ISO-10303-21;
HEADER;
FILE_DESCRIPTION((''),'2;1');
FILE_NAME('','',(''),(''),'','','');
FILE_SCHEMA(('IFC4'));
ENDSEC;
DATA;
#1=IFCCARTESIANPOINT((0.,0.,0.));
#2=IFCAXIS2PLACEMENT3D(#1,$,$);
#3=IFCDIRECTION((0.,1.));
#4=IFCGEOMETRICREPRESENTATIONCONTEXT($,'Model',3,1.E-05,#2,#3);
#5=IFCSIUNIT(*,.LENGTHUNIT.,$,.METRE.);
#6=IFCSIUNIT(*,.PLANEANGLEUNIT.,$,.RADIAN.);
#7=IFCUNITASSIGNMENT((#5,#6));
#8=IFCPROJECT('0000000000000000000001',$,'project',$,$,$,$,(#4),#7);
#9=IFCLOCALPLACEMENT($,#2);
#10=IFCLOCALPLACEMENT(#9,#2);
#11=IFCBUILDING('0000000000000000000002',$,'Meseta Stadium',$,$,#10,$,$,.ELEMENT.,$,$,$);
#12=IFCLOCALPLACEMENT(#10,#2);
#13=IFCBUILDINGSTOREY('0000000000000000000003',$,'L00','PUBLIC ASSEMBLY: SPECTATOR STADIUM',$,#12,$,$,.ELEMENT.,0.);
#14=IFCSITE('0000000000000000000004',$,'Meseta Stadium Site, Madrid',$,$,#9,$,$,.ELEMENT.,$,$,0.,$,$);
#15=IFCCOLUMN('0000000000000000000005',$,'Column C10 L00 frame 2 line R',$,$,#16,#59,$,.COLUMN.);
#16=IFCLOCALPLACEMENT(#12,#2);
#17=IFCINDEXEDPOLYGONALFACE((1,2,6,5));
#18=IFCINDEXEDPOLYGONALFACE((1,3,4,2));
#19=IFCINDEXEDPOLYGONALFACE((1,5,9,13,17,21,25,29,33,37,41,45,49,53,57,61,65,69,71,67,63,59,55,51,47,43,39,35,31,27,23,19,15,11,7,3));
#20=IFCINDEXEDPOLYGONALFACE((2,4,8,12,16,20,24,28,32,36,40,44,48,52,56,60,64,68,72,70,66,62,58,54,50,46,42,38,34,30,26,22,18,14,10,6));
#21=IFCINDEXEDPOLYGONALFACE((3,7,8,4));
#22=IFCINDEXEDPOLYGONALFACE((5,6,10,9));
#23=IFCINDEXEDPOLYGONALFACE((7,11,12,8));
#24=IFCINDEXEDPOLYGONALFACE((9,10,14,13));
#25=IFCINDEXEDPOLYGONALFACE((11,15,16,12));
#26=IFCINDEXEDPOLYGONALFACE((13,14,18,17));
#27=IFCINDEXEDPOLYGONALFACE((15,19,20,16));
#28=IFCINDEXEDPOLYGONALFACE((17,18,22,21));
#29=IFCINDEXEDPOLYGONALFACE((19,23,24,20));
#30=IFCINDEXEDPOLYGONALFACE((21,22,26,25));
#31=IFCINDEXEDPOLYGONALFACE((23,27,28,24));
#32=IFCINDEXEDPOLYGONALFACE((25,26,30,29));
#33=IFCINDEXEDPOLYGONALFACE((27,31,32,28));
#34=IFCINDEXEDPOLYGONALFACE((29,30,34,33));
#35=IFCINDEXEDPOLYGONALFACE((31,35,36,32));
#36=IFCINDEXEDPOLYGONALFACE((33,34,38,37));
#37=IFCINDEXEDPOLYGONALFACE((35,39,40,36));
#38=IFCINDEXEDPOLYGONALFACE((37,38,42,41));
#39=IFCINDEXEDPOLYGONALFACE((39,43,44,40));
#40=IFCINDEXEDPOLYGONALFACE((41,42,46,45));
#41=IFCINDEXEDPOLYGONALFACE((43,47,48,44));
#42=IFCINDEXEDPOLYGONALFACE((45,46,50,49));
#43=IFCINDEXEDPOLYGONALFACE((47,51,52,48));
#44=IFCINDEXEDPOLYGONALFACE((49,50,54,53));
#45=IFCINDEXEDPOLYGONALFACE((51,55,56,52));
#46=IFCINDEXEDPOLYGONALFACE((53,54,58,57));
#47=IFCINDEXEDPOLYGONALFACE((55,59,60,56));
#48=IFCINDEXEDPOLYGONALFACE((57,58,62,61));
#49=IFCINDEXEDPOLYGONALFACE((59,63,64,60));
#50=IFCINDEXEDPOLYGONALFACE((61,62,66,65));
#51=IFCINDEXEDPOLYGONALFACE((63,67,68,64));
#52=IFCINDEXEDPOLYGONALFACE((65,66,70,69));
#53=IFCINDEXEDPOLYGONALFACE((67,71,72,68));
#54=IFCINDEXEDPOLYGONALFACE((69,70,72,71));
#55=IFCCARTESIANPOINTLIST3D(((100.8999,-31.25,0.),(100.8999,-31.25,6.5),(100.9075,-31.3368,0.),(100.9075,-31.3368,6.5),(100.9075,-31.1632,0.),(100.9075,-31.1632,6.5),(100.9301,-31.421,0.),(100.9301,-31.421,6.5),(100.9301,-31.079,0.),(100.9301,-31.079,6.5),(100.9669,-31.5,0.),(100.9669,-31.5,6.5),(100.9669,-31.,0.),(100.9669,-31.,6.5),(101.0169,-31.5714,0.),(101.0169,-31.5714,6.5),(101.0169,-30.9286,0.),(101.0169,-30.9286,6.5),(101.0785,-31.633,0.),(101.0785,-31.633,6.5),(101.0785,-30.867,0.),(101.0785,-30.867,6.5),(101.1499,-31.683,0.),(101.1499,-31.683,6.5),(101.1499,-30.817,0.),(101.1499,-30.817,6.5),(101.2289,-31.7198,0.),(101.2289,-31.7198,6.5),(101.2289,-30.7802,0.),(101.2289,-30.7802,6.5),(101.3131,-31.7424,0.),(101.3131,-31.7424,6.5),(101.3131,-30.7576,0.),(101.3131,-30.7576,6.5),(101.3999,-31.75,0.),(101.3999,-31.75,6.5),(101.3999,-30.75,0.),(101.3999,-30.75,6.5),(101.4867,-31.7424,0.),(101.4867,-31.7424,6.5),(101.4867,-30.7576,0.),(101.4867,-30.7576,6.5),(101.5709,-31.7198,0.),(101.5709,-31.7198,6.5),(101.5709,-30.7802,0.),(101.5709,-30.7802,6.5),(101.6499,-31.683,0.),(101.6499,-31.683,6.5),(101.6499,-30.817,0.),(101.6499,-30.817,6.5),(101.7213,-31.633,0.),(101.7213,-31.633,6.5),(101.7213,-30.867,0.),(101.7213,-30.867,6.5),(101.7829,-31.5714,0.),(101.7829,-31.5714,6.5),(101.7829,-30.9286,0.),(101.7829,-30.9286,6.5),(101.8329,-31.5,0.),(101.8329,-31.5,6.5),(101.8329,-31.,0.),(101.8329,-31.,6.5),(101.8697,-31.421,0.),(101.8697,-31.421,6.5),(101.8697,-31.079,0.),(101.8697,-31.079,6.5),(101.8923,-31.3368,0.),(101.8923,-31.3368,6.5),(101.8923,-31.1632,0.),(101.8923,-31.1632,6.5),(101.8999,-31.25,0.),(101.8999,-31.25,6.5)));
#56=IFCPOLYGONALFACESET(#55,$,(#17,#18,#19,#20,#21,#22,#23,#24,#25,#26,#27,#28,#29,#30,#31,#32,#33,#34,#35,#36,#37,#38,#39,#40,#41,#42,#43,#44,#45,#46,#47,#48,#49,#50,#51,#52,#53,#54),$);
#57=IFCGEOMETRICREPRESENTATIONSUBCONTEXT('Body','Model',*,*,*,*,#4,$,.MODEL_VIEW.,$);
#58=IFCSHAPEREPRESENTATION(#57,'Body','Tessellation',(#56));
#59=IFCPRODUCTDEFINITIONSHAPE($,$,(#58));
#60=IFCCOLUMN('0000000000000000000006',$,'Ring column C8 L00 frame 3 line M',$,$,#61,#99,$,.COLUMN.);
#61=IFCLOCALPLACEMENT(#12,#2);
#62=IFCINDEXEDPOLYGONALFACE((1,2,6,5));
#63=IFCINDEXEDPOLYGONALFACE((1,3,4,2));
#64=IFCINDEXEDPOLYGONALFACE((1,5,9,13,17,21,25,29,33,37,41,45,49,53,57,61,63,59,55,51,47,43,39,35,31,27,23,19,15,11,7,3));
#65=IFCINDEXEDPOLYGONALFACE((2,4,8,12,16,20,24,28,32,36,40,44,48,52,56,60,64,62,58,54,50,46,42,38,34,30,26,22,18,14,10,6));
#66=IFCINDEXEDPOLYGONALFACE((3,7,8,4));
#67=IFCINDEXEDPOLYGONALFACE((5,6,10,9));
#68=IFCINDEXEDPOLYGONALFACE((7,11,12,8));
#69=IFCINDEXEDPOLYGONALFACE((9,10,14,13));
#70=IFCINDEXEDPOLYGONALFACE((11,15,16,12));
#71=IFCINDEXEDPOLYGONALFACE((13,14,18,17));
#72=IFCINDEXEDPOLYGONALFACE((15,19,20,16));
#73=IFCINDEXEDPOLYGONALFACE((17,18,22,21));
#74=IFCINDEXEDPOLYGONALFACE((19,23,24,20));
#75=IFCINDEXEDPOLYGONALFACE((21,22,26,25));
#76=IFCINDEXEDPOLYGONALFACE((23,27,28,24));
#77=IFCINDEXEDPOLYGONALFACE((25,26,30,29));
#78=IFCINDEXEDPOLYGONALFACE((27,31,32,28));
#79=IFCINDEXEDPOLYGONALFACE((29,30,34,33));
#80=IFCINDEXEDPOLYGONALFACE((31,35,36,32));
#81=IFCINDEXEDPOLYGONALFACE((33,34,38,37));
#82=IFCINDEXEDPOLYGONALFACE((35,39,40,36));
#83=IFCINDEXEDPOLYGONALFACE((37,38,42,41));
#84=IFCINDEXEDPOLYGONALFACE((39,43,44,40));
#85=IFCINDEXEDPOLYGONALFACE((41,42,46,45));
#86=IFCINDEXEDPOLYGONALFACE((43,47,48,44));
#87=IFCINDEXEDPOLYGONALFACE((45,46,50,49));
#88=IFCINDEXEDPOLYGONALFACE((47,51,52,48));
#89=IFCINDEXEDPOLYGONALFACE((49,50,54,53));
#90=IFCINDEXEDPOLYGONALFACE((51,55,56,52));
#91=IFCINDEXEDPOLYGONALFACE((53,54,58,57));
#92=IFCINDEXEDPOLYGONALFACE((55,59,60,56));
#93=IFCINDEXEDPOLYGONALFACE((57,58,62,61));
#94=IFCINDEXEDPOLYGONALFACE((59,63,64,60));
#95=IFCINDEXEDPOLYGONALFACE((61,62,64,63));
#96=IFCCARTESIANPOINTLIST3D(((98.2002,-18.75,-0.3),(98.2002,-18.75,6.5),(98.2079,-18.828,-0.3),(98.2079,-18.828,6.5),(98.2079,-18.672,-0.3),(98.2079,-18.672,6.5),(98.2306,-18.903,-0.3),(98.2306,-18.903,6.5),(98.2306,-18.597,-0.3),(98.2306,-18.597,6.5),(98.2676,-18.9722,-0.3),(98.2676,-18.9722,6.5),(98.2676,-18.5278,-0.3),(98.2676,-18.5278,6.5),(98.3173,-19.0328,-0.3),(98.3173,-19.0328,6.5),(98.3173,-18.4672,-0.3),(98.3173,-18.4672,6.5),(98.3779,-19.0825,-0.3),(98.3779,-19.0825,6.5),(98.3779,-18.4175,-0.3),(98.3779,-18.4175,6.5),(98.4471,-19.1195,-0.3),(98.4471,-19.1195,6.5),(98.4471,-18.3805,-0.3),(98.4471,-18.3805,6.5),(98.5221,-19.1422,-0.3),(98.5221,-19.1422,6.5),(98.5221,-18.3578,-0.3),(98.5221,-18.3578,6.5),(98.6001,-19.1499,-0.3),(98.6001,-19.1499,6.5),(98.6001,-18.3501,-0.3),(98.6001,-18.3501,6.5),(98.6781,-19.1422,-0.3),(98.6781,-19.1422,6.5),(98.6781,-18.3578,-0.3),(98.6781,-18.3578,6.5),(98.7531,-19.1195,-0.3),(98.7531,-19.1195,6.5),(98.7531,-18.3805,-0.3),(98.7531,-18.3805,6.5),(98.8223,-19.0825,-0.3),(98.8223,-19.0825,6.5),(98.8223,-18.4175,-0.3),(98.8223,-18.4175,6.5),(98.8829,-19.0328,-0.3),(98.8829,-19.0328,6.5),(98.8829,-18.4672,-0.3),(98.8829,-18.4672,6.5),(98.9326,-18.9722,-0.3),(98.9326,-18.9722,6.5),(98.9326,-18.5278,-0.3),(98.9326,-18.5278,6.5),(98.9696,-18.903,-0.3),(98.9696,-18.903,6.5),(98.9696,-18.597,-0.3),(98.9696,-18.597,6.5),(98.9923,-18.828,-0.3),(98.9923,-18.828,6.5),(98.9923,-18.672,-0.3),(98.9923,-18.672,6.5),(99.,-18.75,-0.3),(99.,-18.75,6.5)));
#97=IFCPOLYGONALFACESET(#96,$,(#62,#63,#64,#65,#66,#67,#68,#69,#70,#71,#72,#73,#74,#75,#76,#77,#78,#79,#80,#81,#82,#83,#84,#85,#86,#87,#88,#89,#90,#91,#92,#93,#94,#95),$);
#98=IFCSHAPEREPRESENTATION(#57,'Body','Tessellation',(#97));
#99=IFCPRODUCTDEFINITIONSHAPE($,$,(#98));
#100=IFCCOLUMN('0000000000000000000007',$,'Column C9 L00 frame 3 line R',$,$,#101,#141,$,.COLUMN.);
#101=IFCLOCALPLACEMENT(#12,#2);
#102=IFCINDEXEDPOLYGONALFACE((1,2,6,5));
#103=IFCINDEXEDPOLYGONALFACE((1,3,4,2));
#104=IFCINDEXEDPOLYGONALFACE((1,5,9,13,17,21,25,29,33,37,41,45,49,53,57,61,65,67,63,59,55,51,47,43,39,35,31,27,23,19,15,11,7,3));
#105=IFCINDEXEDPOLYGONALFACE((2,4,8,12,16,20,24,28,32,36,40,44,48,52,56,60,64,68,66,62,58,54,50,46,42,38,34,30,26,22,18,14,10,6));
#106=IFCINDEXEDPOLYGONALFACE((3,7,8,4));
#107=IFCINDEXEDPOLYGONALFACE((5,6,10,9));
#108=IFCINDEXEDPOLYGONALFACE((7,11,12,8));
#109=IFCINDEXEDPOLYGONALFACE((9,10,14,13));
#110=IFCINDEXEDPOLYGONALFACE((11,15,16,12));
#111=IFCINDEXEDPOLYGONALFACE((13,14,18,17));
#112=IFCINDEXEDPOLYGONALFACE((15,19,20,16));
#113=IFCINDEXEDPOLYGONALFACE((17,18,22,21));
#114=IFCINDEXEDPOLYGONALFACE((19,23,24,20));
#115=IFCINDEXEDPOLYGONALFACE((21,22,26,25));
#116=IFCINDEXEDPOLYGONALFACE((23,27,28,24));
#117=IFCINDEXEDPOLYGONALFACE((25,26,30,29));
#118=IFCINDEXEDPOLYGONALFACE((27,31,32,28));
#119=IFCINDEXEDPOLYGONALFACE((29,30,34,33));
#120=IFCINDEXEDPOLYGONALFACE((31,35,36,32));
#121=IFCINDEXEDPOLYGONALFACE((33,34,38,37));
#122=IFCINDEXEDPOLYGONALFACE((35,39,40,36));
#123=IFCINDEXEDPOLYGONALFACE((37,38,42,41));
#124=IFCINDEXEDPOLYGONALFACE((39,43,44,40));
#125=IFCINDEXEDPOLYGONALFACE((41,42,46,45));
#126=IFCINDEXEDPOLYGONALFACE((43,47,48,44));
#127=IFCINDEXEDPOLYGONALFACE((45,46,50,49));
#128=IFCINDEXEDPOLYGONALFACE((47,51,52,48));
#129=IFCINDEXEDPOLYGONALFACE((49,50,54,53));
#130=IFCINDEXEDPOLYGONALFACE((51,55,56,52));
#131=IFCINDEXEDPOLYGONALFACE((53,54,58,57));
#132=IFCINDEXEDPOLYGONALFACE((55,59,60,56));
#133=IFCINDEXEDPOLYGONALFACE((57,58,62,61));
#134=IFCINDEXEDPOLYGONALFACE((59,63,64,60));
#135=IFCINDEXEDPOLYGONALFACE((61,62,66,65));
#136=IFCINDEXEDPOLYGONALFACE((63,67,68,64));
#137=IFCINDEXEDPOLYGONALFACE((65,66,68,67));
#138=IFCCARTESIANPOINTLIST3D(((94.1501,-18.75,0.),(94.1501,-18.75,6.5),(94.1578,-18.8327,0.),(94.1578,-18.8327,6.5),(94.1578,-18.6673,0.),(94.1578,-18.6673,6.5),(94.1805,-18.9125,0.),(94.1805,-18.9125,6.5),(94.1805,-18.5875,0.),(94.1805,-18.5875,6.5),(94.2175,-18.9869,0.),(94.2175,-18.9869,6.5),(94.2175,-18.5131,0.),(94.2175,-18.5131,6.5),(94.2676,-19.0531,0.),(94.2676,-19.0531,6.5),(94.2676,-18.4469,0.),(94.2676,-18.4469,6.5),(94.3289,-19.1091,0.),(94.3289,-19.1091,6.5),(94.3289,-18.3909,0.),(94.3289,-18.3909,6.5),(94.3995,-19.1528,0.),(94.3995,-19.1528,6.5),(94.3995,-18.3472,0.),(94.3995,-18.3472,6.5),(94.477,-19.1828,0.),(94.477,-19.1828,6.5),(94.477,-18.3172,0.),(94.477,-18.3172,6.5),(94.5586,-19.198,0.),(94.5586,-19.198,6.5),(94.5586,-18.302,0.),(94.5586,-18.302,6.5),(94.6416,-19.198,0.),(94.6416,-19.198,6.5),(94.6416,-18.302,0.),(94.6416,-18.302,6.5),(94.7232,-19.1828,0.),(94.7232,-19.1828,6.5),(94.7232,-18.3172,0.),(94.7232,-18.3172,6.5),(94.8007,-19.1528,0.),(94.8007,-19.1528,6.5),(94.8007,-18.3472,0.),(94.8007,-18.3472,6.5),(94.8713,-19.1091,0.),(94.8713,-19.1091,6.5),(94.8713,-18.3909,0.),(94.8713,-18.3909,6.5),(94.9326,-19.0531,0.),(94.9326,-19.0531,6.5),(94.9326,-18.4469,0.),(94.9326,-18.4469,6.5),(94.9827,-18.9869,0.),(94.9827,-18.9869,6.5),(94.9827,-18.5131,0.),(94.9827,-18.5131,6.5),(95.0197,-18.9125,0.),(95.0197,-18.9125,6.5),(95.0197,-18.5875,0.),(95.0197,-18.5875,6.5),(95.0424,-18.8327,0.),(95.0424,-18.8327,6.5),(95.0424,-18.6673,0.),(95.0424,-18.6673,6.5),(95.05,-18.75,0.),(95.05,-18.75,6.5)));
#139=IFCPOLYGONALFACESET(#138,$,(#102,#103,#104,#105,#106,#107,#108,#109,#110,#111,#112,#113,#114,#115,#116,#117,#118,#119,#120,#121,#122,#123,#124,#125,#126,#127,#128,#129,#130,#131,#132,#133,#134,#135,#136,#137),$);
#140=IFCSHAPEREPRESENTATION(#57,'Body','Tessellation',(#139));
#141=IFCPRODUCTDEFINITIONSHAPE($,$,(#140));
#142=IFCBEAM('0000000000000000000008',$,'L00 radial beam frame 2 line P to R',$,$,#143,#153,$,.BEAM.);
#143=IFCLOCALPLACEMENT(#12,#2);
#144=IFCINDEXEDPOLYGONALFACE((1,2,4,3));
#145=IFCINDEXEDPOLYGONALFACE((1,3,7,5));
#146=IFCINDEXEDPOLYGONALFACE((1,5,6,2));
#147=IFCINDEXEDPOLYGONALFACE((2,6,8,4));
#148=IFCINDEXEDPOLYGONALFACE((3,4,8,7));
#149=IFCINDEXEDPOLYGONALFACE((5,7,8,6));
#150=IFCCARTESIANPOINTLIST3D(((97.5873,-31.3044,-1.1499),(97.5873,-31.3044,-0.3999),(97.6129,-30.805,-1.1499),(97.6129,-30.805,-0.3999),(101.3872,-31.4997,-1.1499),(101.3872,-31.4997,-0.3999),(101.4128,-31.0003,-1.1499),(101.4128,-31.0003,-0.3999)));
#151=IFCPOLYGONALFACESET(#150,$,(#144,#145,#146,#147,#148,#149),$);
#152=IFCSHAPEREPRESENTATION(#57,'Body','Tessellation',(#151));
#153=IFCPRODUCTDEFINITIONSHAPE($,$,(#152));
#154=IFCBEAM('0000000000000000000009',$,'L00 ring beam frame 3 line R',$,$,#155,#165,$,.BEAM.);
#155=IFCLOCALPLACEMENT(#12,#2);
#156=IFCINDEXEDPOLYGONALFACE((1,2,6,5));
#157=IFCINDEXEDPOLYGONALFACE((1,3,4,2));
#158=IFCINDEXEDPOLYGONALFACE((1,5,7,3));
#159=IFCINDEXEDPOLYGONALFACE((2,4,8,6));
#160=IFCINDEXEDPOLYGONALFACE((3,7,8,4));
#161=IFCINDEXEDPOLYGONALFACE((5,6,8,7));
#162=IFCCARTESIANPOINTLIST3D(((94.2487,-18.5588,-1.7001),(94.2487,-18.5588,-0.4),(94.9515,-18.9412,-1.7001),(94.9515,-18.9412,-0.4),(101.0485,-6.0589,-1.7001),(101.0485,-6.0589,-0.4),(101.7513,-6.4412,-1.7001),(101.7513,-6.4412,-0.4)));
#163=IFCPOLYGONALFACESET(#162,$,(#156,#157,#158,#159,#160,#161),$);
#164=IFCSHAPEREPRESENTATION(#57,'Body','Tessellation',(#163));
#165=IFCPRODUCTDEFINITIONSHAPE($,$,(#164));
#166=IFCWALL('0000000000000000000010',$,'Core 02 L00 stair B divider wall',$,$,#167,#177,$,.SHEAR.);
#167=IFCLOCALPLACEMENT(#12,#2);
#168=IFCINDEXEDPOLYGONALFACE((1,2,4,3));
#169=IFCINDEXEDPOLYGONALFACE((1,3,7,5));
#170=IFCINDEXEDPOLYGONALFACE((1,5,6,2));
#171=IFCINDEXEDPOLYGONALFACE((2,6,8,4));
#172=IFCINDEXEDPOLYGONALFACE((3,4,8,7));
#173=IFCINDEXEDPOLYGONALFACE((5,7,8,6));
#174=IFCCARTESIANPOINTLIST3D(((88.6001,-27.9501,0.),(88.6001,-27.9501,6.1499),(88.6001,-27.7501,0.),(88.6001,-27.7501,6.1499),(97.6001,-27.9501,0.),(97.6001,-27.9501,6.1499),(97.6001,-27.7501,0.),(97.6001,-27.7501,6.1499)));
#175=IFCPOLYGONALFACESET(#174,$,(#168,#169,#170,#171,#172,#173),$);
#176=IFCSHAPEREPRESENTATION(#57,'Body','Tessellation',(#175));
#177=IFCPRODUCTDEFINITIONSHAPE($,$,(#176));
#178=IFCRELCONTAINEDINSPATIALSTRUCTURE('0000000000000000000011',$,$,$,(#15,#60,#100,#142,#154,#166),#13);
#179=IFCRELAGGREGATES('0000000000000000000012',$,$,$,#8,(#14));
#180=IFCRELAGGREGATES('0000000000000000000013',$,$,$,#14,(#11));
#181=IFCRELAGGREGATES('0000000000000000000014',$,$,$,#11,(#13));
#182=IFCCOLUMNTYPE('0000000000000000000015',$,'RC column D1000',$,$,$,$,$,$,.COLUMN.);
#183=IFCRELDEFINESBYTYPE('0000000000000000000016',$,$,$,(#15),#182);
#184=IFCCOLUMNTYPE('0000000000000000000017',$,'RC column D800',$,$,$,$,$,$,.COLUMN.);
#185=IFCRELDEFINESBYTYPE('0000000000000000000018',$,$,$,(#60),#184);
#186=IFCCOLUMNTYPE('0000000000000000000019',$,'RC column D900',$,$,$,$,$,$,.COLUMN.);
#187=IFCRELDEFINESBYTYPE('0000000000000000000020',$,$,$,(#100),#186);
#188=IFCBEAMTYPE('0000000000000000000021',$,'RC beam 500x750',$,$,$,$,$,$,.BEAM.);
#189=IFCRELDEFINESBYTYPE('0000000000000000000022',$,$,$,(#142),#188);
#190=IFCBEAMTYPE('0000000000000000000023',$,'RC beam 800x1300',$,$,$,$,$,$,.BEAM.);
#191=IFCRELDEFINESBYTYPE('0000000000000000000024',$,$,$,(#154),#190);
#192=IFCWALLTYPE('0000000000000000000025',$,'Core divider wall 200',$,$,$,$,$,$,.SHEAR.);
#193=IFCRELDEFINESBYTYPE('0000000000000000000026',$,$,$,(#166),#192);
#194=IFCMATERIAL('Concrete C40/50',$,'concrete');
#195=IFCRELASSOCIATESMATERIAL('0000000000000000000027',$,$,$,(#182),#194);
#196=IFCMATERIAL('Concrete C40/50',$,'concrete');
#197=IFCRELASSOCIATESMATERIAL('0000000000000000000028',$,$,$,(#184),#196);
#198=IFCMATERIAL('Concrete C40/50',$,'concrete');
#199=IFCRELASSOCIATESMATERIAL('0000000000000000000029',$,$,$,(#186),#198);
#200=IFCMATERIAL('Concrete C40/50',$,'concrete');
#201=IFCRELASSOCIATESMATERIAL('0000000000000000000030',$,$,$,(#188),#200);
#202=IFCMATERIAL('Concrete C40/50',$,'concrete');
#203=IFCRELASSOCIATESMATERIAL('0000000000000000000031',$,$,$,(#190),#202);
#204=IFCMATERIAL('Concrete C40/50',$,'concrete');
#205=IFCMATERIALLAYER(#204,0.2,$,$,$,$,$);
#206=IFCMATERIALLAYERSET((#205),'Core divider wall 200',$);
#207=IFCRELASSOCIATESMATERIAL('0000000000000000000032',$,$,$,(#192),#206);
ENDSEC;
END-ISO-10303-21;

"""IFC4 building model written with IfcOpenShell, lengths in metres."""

from ifc_helpers import new_model, si_unit, direction, frame, frame_2d, origin, origin_2d, place, context, subcontext, project, spatial, rectangle, circle, extrude, material, layer, layer_set, material_profile, profile_set, type_object, element, save


model = new_model("IFC4")

# Units and contexts
model_context = context("Model", 3, precision=1e-05, world=origin(), true_north=direction((0.0, 1.0)))
body_context = subcontext(model_context, "Body", "Model", "MODEL_VIEW")
ifc_project = project(units=[si_unit("LENGTHUNIT", "METRE"), si_unit("PLANEANGLEUNIT", "RADIAN")], contexts=[model_context])

# Site, building, storey
site_placement = place(None, origin())
site = spatial("IfcSite", under=ifc_project, at=site_placement, Name="Meseta Stadium Site, Madrid", CompositionType="ELEMENT", RefElevation=0.0)
building_placement = place(site_placement, origin())
building = spatial("IfcBuilding", under=site, at=building_placement, Name="Meseta Stadium", CompositionType="ELEMENT")
storey_placement = place(building_placement, origin())
storey = spatial("IfcBuildingStorey", under=building, at=storey_placement, Name="L00", Description="PUBLIC ASSEMBLY: SPECTATOR STADIUM", CompositionType="ELEMENT", Elevation=0.0)

# Columns
ifc_material_1 = material(Name="Concrete C40/50", Category="concrete")
ifc_material_profile_1 = material_profile(ifc_material_1, circle(Radius=0.5, at=origin_2d()), Name="RC D1000")
ifc_profile_set_1 = profile_set([ifc_material_profile_1], Name="Concrete C40/50")
column_type_1 = type_object("IfcColumnType", Name="RC column D1000", PredefinedType="COLUMN", material=ifc_profile_set_1)
column_1_placement = place(storey_placement, frame((101.3999, -31.25, 0.0), z_axis=(0.0, 0.0, 1.0), x_axis=(1.0, 0.0, 0.0)))
element("IfcColumn", 1, at=column_1_placement, inside=storey, type_object=column_type_1, Name="Column C10 L00 frame 2 line R", PredefinedType="COLUMN", context=body_context, shape_type="SweptSolid", body=[
    extrude(circle(Radius=0.5, at=origin_2d()), origin(), (0.0, 0.0, 1.0), 6.5),
])
ifc_material_2 = material(Name="Concrete C40/50", Category="concrete")
ifc_material_profile_2 = material_profile(ifc_material_2, circle(Radius=0.3999, at=origin_2d()), Name="RC D800")
ifc_profile_set_2 = profile_set([ifc_material_profile_2], Name="Concrete C40/50")
column_type_2 = type_object("IfcColumnType", Name="RC column D800", PredefinedType="COLUMN", material=ifc_profile_set_2)
column_2_placement = place(storey_placement, frame((98.6001, -18.75, -0.3), z_axis=(0.0, 0.0, 1.0), x_axis=(1.0, 0.0, 0.0)))
element("IfcColumn", 2, at=column_2_placement, inside=storey, type_object=column_type_2, Name="Ring column C8 L00 frame 3 line M", PredefinedType="COLUMN", context=body_context, shape_type="SweptSolid", body=[
    extrude(circle(Radius=0.3999, at=origin_2d()), origin(), (0.0, 0.0, 1.0), 6.8),
])
ifc_material_3 = material(Name="Concrete C40/50", Category="concrete")
ifc_material_profile_3 = material_profile(ifc_material_3, circle(Radius=0.45, at=origin_2d()), Name="RC D900")
ifc_profile_set_3 = profile_set([ifc_material_profile_3], Name="Concrete C40/50")
column_type_3 = type_object("IfcColumnType", Name="RC column D900", PredefinedType="COLUMN", material=ifc_profile_set_3)
column_3_placement = place(storey_placement, frame((94.6001, -18.75, 0.0), z_axis=(0.0, 0.0, 1.0), x_axis=(1.0, 0.0, 0.0)))
element("IfcColumn", 3, at=column_3_placement, inside=storey, type_object=column_type_3, Name="Column C9 L00 frame 3 line R", PredefinedType="COLUMN", context=body_context, shape_type="SweptSolid", body=[
    extrude(circle(Radius=0.45, at=origin_2d()), origin(), (0.0, 0.0, 1.0), 6.5),
])

# Beams
ifc_material_4 = material(Name="Concrete C40/50", Category="concrete")
ifc_material_profile_4 = material_profile(ifc_material_4, rectangle(XDim=0.5, YDim=0.75, at=origin_2d()), Name="RC 500x750")
ifc_profile_set_4 = profile_set([ifc_material_profile_4], Name="Concrete C40/50")
beam_type_1 = type_object("IfcBeamType", Name="RC beam 500x750", PredefinedType="BEAM", material=ifc_profile_set_4)
beam_1_placement = place(storey_placement, frame((97.6001, -31.0547, -0.7749), z_axis=(0.998682, -0.051333, 0.0), x_axis=(0.051333, 0.998682, 0.0)))
element("IfcBeam", 4, at=beam_1_placement, inside=storey, type_object=beam_type_1, Name="L00 radial beam frame 2 line P to R", PredefinedType="BEAM", context=body_context, shape_type="SweptSolid", body=[
    extrude(rectangle(XDim=0.5, YDim=0.75, at=origin_2d()), origin(), (0.0, 0.0, 1.0), 3.8049),
])
ifc_material_5 = material(Name="Concrete C40/50", Category="concrete")
ifc_material_profile_5 = material_profile(ifc_material_5, rectangle(XDim=0.8, YDim=1.3, at=origin_2d()), Name="RC 800x1300")
ifc_profile_set_5 = profile_set([ifc_material_profile_5], Name="Concrete C40/50")
beam_type_2 = type_object("IfcBeamType", Name="RC beam 800x1300", PredefinedType="BEAM", material=ifc_profile_set_5)
beam_2_placement = place(storey_placement, frame((94.6001, -18.75, -1.05), z_axis=(0.477856, 0.878438, 0.0), x_axis=(-0.878438, 0.477856, 0.0)))
element("IfcBeam", 5, at=beam_2_placement, inside=storey, type_object=beam_type_2, Name="L00 ring beam frame 3 line R", PredefinedType="BEAM", context=body_context, shape_type="SweptSolid", body=[
    extrude(rectangle(XDim=0.8, YDim=1.3, at=origin_2d()), origin(), (0.0, 0.0, 1.0), 14.2297),
])

# Wall
ifc_material_6 = material(Name="Concrete C40/50", Category="concrete")
ifc_layer_1 = layer(ifc_material_6, 0.2)
ifc_layer_set_1 = layer_set([ifc_layer_1], Name="Core divider wall 200")
wall_type_1 = type_object("IfcWallType", Name="Core divider wall 200", PredefinedType="SHEAR", material=ifc_layer_set_1)
wall_1_placement = place(storey_placement, frame((97.6001, -27.8501, 0.0), z_axis=(0.0, 0.0, 1.0), x_axis=(-1.0, 0.0, 0.0)))
element("IfcWall", 6, at=wall_1_placement, inside=storey, type_object=wall_type_1, Name="Core 02 L00 stair B divider wall", PredefinedType="SHEAR", context=body_context, shape_type="SweptSolid", body=[
    extrude(rectangle(XDim=9.0, YDim=0.2, at=frame_2d((4.5, 0.0))), origin(), (0.0, 0.0, 1.0), 6.1499),
])

save(model, "model.ifc")
